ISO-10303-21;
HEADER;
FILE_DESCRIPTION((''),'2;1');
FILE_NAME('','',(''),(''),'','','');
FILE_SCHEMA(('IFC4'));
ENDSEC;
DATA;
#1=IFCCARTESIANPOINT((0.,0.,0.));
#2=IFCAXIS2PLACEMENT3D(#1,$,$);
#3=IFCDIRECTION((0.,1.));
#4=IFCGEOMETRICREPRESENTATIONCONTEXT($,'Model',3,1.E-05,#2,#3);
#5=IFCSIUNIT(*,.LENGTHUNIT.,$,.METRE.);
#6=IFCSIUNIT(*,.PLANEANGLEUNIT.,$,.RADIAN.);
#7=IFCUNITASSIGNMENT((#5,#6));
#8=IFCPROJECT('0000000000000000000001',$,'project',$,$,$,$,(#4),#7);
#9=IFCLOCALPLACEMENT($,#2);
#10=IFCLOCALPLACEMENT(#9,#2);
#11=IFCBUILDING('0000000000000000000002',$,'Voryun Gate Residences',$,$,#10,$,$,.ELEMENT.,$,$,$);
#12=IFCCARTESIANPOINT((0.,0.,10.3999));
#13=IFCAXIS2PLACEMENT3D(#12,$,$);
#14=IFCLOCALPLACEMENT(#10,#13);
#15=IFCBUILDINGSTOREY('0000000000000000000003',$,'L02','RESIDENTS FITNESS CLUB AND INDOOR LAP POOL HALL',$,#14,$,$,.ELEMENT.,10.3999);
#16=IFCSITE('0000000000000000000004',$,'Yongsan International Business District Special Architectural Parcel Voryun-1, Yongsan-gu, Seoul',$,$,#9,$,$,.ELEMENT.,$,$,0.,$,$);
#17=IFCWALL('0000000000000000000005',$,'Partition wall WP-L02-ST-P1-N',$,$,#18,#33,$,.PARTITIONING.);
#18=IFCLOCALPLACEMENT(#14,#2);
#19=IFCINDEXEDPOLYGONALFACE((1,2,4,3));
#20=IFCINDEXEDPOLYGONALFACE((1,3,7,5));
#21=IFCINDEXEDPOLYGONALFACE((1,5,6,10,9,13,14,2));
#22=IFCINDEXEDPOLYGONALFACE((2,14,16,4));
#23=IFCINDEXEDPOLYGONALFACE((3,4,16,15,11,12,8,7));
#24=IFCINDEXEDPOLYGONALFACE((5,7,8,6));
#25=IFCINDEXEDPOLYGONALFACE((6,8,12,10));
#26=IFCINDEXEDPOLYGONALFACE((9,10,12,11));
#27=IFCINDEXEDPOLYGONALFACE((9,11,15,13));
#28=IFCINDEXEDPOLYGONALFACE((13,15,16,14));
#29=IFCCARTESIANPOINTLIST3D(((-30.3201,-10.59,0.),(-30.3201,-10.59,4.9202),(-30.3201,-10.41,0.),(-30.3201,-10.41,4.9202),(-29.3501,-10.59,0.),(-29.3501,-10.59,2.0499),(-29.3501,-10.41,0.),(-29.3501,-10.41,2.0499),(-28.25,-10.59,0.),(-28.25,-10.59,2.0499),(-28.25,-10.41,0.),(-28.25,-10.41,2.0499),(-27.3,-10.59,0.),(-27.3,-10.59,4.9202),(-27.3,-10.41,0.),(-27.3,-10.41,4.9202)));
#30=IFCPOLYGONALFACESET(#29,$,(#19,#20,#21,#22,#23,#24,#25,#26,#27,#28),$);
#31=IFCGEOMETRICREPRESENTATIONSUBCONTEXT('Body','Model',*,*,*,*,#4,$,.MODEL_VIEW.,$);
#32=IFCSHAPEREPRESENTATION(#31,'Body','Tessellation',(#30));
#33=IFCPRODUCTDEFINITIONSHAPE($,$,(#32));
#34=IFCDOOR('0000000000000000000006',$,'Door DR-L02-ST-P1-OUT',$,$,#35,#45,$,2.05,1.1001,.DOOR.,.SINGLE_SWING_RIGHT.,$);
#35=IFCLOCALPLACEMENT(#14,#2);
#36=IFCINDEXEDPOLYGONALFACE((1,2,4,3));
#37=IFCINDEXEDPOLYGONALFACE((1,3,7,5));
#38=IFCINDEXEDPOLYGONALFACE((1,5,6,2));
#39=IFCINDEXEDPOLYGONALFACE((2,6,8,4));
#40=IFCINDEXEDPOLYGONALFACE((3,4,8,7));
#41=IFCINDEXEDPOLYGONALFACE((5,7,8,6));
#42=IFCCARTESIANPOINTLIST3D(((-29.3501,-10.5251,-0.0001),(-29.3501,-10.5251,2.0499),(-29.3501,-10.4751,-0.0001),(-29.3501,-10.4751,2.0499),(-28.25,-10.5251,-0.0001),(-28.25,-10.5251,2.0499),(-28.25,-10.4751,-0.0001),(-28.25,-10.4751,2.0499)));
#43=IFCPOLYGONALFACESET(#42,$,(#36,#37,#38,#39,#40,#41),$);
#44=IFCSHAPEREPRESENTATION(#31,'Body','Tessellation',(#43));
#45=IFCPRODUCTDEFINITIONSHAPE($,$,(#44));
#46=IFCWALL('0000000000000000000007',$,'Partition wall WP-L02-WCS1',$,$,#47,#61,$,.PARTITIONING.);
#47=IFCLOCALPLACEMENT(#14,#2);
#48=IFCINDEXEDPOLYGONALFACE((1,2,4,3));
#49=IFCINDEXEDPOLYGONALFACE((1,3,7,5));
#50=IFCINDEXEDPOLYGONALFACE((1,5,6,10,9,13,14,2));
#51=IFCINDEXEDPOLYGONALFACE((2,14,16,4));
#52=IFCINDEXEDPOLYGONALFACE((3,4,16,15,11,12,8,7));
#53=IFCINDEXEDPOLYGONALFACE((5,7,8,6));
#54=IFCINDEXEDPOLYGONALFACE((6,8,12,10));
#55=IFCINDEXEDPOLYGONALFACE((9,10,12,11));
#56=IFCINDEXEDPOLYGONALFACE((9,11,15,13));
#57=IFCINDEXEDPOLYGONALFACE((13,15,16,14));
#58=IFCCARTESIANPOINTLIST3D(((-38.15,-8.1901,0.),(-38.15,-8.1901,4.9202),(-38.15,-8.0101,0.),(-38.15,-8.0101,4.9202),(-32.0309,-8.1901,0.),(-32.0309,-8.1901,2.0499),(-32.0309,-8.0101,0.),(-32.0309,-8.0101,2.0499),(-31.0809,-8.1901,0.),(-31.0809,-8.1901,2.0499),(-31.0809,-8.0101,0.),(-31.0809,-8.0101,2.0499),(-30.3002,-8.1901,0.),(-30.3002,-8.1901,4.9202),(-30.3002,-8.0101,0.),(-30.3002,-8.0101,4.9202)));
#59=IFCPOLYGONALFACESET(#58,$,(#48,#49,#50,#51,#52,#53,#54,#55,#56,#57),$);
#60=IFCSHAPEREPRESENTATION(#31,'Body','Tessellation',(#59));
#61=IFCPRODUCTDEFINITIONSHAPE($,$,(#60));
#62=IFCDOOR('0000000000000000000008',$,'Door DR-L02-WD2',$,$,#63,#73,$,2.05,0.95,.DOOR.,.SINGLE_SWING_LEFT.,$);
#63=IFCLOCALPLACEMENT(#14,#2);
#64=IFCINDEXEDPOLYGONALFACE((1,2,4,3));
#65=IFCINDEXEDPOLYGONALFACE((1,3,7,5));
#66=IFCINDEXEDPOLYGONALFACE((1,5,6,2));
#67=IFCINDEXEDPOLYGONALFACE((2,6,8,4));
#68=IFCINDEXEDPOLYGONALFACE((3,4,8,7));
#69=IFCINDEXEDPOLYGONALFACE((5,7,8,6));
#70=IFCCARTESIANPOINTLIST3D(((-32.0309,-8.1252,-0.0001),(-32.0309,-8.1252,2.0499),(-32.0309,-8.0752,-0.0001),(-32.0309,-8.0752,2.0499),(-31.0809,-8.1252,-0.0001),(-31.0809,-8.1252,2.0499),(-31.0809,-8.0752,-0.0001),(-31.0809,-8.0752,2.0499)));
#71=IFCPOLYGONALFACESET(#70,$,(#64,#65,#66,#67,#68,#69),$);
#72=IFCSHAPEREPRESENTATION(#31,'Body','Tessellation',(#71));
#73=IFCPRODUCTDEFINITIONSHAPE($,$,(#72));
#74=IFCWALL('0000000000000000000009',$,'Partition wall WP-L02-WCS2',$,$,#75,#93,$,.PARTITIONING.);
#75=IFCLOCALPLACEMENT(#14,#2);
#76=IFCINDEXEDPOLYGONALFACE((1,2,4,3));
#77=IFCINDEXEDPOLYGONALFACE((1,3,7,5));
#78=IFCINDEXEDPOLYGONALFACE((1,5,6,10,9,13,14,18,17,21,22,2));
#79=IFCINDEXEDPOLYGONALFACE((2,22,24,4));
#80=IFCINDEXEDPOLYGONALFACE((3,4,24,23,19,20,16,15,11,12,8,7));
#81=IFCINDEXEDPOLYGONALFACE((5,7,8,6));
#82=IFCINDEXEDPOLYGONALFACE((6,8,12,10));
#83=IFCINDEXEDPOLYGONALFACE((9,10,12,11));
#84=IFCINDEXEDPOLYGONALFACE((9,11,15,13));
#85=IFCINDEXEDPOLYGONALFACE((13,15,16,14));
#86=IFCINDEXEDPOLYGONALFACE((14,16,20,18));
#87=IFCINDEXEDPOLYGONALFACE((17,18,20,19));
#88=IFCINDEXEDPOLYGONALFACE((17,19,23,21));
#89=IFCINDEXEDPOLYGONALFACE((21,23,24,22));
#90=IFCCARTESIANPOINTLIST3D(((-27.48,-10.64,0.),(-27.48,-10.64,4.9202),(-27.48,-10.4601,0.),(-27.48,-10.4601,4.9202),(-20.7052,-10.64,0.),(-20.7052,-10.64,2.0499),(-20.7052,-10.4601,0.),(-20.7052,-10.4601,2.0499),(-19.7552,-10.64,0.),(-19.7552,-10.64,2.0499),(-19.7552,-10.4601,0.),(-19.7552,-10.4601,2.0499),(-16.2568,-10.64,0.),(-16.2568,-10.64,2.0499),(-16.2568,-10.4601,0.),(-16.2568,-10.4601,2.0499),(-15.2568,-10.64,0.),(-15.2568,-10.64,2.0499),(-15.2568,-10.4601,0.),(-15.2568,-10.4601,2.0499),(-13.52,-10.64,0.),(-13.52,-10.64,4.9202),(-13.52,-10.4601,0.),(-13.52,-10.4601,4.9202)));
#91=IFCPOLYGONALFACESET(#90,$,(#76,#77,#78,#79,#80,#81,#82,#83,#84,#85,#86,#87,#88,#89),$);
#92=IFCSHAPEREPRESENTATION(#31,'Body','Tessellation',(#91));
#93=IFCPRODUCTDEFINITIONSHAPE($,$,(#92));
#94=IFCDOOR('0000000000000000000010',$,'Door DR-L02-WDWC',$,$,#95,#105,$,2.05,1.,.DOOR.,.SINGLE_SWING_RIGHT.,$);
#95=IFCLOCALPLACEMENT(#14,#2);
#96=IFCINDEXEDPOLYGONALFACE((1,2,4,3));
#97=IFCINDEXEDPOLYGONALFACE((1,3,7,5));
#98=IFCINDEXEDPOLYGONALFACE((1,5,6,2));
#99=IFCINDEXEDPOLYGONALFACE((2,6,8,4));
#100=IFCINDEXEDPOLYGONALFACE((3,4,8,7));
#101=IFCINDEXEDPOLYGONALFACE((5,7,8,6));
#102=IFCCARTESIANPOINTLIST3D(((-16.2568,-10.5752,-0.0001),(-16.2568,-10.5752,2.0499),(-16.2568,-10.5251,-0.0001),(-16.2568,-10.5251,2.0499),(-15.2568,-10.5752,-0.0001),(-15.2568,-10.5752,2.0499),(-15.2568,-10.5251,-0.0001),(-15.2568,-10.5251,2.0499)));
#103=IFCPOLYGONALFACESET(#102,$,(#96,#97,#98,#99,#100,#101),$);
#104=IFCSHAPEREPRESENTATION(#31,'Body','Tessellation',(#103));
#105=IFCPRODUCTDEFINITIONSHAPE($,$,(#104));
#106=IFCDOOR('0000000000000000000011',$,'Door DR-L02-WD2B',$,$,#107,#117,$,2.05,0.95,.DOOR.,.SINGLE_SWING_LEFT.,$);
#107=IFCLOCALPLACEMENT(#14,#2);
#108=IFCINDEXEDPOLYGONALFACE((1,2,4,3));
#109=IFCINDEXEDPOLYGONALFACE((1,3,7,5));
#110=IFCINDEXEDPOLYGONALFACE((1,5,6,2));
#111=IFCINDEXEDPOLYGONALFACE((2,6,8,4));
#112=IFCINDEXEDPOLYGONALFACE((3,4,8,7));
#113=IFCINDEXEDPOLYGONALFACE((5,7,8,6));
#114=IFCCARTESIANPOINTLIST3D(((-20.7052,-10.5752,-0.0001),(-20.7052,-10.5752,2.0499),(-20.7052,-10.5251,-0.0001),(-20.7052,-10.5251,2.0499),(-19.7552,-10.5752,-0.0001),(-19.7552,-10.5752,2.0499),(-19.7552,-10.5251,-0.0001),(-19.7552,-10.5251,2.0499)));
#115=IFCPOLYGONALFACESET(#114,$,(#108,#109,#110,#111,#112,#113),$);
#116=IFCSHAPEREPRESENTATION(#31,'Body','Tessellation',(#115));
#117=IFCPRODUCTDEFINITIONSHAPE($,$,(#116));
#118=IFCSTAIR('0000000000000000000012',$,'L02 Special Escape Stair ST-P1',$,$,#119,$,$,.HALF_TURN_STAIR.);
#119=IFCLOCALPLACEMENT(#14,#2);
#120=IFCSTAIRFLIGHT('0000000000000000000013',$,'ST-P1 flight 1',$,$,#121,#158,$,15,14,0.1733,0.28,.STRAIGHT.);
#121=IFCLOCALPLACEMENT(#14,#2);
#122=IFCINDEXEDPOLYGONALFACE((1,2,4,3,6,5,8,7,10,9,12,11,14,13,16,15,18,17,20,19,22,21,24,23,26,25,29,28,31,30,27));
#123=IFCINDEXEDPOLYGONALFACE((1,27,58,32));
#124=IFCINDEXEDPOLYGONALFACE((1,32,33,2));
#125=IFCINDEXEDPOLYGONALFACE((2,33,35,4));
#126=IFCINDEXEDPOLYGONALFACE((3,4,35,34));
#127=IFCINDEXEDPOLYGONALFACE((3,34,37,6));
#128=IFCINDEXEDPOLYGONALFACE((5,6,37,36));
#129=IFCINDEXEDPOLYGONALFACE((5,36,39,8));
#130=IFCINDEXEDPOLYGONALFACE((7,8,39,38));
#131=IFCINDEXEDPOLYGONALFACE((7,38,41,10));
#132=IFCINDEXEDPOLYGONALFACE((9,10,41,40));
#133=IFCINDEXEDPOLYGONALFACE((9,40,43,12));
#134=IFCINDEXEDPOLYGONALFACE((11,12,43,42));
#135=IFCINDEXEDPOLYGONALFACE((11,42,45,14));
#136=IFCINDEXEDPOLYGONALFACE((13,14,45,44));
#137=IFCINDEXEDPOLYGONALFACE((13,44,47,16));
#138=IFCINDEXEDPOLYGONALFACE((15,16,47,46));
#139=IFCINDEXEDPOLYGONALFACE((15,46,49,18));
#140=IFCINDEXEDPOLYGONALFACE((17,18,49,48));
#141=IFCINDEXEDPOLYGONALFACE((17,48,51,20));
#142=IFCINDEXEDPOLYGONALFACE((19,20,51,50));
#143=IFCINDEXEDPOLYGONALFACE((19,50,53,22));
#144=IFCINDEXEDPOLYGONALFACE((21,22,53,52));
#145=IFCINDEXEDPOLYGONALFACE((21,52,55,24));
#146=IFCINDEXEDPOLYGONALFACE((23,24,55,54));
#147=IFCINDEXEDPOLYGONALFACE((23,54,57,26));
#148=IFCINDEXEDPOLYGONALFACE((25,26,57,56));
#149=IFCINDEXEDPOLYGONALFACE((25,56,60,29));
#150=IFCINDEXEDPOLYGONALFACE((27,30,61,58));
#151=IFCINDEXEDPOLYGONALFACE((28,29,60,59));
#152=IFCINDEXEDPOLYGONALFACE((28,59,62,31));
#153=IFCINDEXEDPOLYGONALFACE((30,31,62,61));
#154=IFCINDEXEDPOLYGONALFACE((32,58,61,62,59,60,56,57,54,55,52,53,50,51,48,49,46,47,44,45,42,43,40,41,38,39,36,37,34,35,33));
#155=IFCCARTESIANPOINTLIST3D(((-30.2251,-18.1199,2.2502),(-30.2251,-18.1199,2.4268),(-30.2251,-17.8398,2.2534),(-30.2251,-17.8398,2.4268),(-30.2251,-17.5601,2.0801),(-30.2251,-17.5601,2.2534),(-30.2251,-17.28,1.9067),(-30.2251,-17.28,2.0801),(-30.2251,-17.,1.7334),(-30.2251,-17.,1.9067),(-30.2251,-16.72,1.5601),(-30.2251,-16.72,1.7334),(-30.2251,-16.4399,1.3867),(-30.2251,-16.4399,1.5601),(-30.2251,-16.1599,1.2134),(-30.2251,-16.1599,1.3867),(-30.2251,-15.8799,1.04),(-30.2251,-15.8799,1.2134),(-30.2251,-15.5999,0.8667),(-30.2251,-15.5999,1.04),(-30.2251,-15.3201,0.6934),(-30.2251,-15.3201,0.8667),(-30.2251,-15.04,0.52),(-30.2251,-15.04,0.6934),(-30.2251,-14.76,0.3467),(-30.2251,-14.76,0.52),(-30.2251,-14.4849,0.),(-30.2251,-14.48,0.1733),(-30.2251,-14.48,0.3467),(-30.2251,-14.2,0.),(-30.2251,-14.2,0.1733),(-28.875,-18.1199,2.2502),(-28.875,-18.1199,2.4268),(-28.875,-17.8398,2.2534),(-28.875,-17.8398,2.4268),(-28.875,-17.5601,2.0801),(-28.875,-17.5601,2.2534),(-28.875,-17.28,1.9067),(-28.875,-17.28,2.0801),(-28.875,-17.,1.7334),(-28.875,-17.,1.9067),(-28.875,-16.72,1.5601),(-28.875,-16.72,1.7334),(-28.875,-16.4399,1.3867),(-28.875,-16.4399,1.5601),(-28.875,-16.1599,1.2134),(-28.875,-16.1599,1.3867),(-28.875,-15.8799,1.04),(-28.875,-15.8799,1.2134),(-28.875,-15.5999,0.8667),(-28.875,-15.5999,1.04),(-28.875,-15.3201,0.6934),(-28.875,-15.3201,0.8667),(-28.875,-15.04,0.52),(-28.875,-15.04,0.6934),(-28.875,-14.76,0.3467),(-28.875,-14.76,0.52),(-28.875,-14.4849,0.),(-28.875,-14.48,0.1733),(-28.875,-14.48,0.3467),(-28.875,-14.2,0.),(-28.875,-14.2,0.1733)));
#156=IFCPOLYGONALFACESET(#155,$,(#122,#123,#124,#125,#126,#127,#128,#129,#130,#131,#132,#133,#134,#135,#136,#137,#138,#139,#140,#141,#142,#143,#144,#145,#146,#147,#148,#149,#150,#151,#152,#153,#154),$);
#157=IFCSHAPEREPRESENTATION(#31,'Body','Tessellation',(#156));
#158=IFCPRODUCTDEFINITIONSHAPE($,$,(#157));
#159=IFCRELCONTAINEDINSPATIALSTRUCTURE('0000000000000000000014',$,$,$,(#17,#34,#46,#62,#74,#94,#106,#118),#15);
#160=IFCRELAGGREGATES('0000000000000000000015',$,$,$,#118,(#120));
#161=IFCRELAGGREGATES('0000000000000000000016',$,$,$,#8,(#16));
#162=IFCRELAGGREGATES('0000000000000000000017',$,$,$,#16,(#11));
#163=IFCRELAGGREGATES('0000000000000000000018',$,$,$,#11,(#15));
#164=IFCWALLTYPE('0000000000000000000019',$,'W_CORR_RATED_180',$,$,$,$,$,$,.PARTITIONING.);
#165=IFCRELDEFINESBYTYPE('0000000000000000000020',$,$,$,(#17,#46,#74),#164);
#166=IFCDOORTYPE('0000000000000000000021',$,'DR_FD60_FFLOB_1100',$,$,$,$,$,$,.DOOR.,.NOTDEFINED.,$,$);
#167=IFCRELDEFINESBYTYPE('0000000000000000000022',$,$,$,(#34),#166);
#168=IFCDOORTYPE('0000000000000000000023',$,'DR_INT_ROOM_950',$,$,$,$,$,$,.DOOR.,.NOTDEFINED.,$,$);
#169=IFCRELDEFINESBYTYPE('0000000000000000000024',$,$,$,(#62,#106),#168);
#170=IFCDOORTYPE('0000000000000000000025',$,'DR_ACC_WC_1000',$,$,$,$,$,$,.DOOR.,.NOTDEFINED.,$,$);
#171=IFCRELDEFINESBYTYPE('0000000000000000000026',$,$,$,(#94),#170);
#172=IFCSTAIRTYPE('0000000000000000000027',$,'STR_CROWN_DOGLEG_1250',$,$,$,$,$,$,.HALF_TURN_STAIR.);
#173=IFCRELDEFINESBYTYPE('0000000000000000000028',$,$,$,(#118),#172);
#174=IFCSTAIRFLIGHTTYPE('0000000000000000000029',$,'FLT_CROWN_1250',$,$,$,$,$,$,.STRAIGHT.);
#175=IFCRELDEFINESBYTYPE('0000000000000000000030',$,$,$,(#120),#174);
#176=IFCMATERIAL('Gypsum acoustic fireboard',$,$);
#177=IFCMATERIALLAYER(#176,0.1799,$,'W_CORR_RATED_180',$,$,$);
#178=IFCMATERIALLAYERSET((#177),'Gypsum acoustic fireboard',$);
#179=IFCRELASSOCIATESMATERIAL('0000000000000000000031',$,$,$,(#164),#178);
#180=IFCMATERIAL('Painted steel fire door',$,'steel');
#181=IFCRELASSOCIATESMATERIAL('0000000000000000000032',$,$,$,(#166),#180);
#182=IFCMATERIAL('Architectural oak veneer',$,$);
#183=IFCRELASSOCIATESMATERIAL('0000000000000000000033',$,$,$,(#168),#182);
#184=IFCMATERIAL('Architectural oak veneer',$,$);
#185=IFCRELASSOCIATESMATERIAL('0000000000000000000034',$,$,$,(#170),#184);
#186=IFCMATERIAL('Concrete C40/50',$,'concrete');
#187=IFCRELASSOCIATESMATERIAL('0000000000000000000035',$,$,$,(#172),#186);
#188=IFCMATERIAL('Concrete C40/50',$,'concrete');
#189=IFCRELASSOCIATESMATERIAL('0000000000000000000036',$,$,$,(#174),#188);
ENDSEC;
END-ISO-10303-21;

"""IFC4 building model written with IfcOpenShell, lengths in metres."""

from ifc_helpers import new_model, si_unit, direction, frame, frame_2d, origin, place, context, subcontext, project, spatial, polyline, rectangle, outline, extrude, material, layer, layer_set, type_object, element, fill, aggregate, save


model = new_model("IFC4")

# Units and contexts
model_context = context("Model", 3, precision=1e-05, world=origin(), true_north=direction((0.0, 1.0)))
body_context = subcontext(model_context, "Body", "Model", "MODEL_VIEW")
ifc_project = project(units=[si_unit("LENGTHUNIT", "METRE"), si_unit("PLANEANGLEUNIT", "RADIAN")], contexts=[model_context])

# Site, building, storey
site_placement = place(None, origin())
site = spatial("IfcSite", under=ifc_project, at=site_placement, Name="Yongsan International Business District Special Architectural Parcel Voryun-1, Yongsan-gu, Seoul", CompositionType="ELEMENT", RefElevation=0.0)
building_placement = place(site_placement, origin())
building = spatial("IfcBuilding", under=site, at=building_placement, Name="Voryun Gate Residences", CompositionType="ELEMENT")
storey_placement = place(building_placement, frame((0.0, 0.0, 10.3999)))
storey = spatial("IfcBuildingStorey", under=building, at=storey_placement, Name="L02", Description="RESIDENTS FITNESS CLUB AND INDOOR LAP POOL HALL", CompositionType="ELEMENT", Elevation=10.3999)

# Shared definitions
ifc_material_1 = material(Name="Gypsum acoustic fireboard")
ifc_layer = layer(ifc_material_1, 0.1799, Name="W_CORR_RATED_180")
ifc_layer_set = layer_set([ifc_layer], Name="Gypsum acoustic fireboard")
wall_type = type_object("IfcWallType", Name="W_CORR_RATED_180", PredefinedType="PARTITIONING", material=ifc_layer_set)

# Walls, openings, doors
wall_1_placement = place(storey_placement, frame((-30.3201, -10.5, 0.0), z_axis=(0.0, 0.0, 1.0), x_axis=(1.0, 0.0, 0.0)))
wall_1 = element("IfcWall", 1, at=wall_1_placement, inside=storey, type_object=wall_type, Name="Partition wall WP-L02-ST-P1-N", PredefinedType="PARTITIONING", context=body_context, shape_type="SweptSolid", body=[
    extrude(rectangle(XDim=3.02, YDim=0.1799, at=frame_2d((1.51, 0.0))), origin(), (0.0, 0.0, 1.0), 4.9202),
])
opening_1_placement = place(wall_1_placement, frame((0.97, 0.0, 0.0)))
opening_1 = element("IfcOpeningElement", 2, at=opening_1_placement, cuts=wall_1, PredefinedType="OPENING", context=body_context, shape_type="SweptSolid", body=[
    extrude(rectangle(XDim=1.1001, YDim=2.05, at=frame_2d((0.55, 1.0249))), frame((0.0, 0.0999, 0.0), z_axis=(0.0, -1.0, 0.0), x_axis=(1.0, 0.0, 0.0)), (0.0, 0.0, 1.0), 0.2),
])
ifc_material_2 = material(Name="Painted steel fire door", Category="steel")
door_type_1 = type_object("IfcDoorType", Name="DR_FD60_FFLOB_1100", OperationType="NOTDEFINED", PredefinedType="DOOR", material=ifc_material_2)
door_1_placement = place(opening_1_placement, origin())
door_1 = element("IfcDoor", 3, at=door_1_placement, inside=storey, type_object=door_type_1, Name="Door DR-L02-ST-P1-OUT", OperationType="SINGLE_SWING_RIGHT", OverallHeight=2.05, OverallWidth=1.1001, PredefinedType="DOOR", context=body_context, shape_type="SweptSolid", body=[
    extrude(rectangle(XDim=1.1001, YDim=2.05, at=frame_2d((0.55, 1.0249))), frame((0.0, 0.0249, 0.0), z_axis=(0.0, -1.0, 0.0), x_axis=(1.0, 0.0, 0.0)), (0.0, 0.0, 1.0), 0.05),
])
fill(opening_1, door_1)
wall_2_placement = place(storey_placement, frame((-38.1499, -8.1001, 0.0), z_axis=(0.0, 0.0, 1.0), x_axis=(1.0, 0.0, 0.0)))
wall_2 = element("IfcWall", 4, at=wall_2_placement, inside=storey, type_object=wall_type, Name="Partition wall WP-L02-WCS1", PredefinedType="PARTITIONING", context=body_context, shape_type="SweptSolid", body=[
    extrude(rectangle(XDim=7.8499, YDim=0.1799, at=frame_2d((3.9248, 0.0))), origin(), (0.0, 0.0, 1.0), 4.9202),
])
opening_2_placement = place(wall_2_placement, frame((6.1189, 0.0, 0.0)))
opening_2 = element("IfcOpeningElement", 5, at=opening_2_placement, cuts=wall_2, PredefinedType="OPENING", context=body_context, shape_type="SweptSolid", body=[
    extrude(rectangle(XDim=0.95, YDim=2.05, at=frame_2d((0.4751, 1.0249))), frame((0.0, 0.0999, 0.0), z_axis=(0.0, -1.0, 0.0), x_axis=(1.0, 0.0, 0.0)), (0.0, 0.0, 1.0), 0.2),
])
ifc_material_3 = material(Name="Architectural oak veneer")
door_type_2 = type_object("IfcDoorType", Name="DR_INT_ROOM_950", OperationType="NOTDEFINED", PredefinedType="DOOR", material=ifc_material_3)
door_2_placement = place(opening_2_placement, origin())
door_2 = element("IfcDoor", 6, at=door_2_placement, inside=storey, type_object=door_type_2, Name="Door DR-L02-WD2", OperationType="SINGLE_SWING_LEFT", OverallHeight=2.05, OverallWidth=0.95, PredefinedType="DOOR", context=body_context, shape_type="SweptSolid", body=[
    extrude(rectangle(XDim=0.95, YDim=2.05, at=frame_2d((0.4751, 1.0249))), frame((0.0, 0.0249, 0.0), z_axis=(0.0, -1.0, 0.0), x_axis=(1.0, 0.0, 0.0)), (0.0, 0.0, 1.0), 0.05),
])
fill(opening_2, door_2)

# Wall, openings, doors
wall_3_placement = place(storey_placement, frame((-27.48, -10.55, 0.0), z_axis=(0.0, 0.0, 1.0), x_axis=(1.0, 0.0, 0.0)))
wall_3 = element("IfcWall", 7, at=wall_3_placement, inside=storey, type_object=wall_type, Name="Partition wall WP-L02-WCS2", PredefinedType="PARTITIONING", context=body_context, shape_type="SweptSolid", body=[
    extrude(rectangle(XDim=13.96, YDim=0.1799, at=frame_2d((6.98, 0.0))), origin(), (0.0, 0.0, 1.0), 4.9202),
])
opening_3_placement = place(wall_3_placement, frame((6.7747, 0.0, 0.0)))
opening_3 = element("IfcOpeningElement", 8, at=opening_3_placement, cuts=wall_3, PredefinedType="OPENING", context=body_context, shape_type="SweptSolid", body=[
    extrude(rectangle(XDim=0.95, YDim=2.05, at=frame_2d((0.4751, 1.0249))), frame((0.0, 0.0999, 0.0), z_axis=(0.0, -1.0, 0.0), x_axis=(1.0, 0.0, 0.0)), (0.0, 0.0, 1.0), 0.2),
])
opening_4_placement = place(wall_3_placement, frame((11.2231, 0.0, 0.0)))
opening_4 = element("IfcOpeningElement", 9, at=opening_4_placement, cuts=wall_3, PredefinedType="OPENING", context=body_context, shape_type="SweptSolid", body=[
    extrude(rectangle(XDim=1.0, YDim=2.05, at=frame_2d((0.5, 1.0249))), frame((0.0, 0.0999, 0.0), z_axis=(0.0, -1.0, 0.0), x_axis=(1.0, 0.0, 0.0)), (0.0, 0.0, 1.0), 0.2),
])
ifc_material_4 = material(Name="Architectural oak veneer")
door_type_3 = type_object("IfcDoorType", Name="DR_ACC_WC_1000", OperationType="NOTDEFINED", PredefinedType="DOOR", material=ifc_material_4)
door_3_placement = place(opening_4_placement, origin())
door_3 = element("IfcDoor", 10, at=door_3_placement, inside=storey, type_object=door_type_3, Name="Door DR-L02-WDWC", OperationType="SINGLE_SWING_RIGHT", OverallHeight=2.05, OverallWidth=1.0, PredefinedType="DOOR", context=body_context, shape_type="SweptSolid", body=[
    extrude(rectangle(XDim=1.0, YDim=2.05, at=frame_2d((0.5, 1.0249))), frame((0.0, 0.0249, 0.0), z_axis=(0.0, -1.0, 0.0), x_axis=(1.0, 0.0, 0.0)), (0.0, 0.0, 1.0), 0.05),
])
fill(opening_4, door_3)
door_4_placement = place(opening_3_placement, origin())
door_4 = element("IfcDoor", 11, at=door_4_placement, inside=storey, type_object=door_type_2, Name="Door DR-L02-WD2B", OperationType="SINGLE_SWING_LEFT", OverallHeight=2.05, OverallWidth=0.95, PredefinedType="DOOR", context=body_context, shape_type="SweptSolid", body=[
    extrude(rectangle(XDim=0.95, YDim=2.05, at=frame_2d((0.4751, 1.0249))), frame((0.0, 0.0249, 0.0), z_axis=(0.0, -1.0, 0.0), x_axis=(1.0, 0.0, 0.0)), (0.0, 0.0, 1.0), 0.05),
])
fill(opening_3, door_4)

# Stair, stair flight
ifc_material_5 = material(Name="Concrete C40/50", Category="concrete")
stair_type = type_object("IfcStairType", Name="STR_CROWN_DOGLEG_1250", PredefinedType="HALF_TURN_STAIR", material=ifc_material_5)
stair_placement = place(storey_placement, origin())
stair = element("IfcStair", 12, at=stair_placement, inside=storey, type_object=stair_type, Name="L02 Special Escape Stair ST-P1", PredefinedType="HALF_TURN_STAIR")
ifc_material_6 = material(Name="Concrete C40/50", Category="concrete")
stair_flight_type = type_object("IfcStairFlightType", Name="FLT_CROWN_1250", PredefinedType="STRAIGHT", material=ifc_material_6)
stair_flight_placement = place(storey_placement, frame((-29.55, -14.2, 0.0), z_axis=(0.0, 0.0, 1.0), x_axis=(0.0, -1.0, 0.0)))
stair_flight = element("IfcStairFlight", 13, at=stair_flight_placement, type_object=stair_flight_type, Name="ST-P1 flight 1", NumberOfRisers=15, NumberOfTreads=14, PredefinedType="STRAIGHT", RiserHeight=0.1733, TreadLength=0.28, context=body_context, shape_type="SweptSolid", body=[
    extrude(outline(polyline([(0.0, 0.0), (0.0, 0.1733), (0.28, 0.1733), (0.28, 0.3467), (0.5601, 0.3467), (0.5601, 0.52), (0.8401, 0.52), (0.8401, 0.6934), (1.1201, 0.6934), (1.1201, 0.8667), (1.3999, 0.8667), (1.3999, 1.04), (1.6799, 1.04), (1.6799, 1.2134), (1.96, 1.2134), (1.96, 1.3867), (2.24, 1.3867), (2.24, 1.5601), (2.52, 1.5601), (2.52, 1.7334), (2.8, 1.7334), (2.8, 1.9067), (3.0801, 1.9067), (3.0801, 2.0801), (3.3601, 2.0801), (3.3601, 2.2534), (3.6399, 2.2534), (3.6399, 2.4268), (3.9199, 2.4268), (3.9199, 2.6001), (3.9199, 2.2502), (0.2849, 0.0), (0.0, 0.0)])), frame((0.0, 0.675, 0.0), z_axis=(0.0, -1.0, 0.0), x_axis=(1.0, 0.0, 0.0)), (0.0, 0.0, 1.0), 1.3501),
])
aggregate(stair, [stair_flight])

save(model, "model.ifc")
